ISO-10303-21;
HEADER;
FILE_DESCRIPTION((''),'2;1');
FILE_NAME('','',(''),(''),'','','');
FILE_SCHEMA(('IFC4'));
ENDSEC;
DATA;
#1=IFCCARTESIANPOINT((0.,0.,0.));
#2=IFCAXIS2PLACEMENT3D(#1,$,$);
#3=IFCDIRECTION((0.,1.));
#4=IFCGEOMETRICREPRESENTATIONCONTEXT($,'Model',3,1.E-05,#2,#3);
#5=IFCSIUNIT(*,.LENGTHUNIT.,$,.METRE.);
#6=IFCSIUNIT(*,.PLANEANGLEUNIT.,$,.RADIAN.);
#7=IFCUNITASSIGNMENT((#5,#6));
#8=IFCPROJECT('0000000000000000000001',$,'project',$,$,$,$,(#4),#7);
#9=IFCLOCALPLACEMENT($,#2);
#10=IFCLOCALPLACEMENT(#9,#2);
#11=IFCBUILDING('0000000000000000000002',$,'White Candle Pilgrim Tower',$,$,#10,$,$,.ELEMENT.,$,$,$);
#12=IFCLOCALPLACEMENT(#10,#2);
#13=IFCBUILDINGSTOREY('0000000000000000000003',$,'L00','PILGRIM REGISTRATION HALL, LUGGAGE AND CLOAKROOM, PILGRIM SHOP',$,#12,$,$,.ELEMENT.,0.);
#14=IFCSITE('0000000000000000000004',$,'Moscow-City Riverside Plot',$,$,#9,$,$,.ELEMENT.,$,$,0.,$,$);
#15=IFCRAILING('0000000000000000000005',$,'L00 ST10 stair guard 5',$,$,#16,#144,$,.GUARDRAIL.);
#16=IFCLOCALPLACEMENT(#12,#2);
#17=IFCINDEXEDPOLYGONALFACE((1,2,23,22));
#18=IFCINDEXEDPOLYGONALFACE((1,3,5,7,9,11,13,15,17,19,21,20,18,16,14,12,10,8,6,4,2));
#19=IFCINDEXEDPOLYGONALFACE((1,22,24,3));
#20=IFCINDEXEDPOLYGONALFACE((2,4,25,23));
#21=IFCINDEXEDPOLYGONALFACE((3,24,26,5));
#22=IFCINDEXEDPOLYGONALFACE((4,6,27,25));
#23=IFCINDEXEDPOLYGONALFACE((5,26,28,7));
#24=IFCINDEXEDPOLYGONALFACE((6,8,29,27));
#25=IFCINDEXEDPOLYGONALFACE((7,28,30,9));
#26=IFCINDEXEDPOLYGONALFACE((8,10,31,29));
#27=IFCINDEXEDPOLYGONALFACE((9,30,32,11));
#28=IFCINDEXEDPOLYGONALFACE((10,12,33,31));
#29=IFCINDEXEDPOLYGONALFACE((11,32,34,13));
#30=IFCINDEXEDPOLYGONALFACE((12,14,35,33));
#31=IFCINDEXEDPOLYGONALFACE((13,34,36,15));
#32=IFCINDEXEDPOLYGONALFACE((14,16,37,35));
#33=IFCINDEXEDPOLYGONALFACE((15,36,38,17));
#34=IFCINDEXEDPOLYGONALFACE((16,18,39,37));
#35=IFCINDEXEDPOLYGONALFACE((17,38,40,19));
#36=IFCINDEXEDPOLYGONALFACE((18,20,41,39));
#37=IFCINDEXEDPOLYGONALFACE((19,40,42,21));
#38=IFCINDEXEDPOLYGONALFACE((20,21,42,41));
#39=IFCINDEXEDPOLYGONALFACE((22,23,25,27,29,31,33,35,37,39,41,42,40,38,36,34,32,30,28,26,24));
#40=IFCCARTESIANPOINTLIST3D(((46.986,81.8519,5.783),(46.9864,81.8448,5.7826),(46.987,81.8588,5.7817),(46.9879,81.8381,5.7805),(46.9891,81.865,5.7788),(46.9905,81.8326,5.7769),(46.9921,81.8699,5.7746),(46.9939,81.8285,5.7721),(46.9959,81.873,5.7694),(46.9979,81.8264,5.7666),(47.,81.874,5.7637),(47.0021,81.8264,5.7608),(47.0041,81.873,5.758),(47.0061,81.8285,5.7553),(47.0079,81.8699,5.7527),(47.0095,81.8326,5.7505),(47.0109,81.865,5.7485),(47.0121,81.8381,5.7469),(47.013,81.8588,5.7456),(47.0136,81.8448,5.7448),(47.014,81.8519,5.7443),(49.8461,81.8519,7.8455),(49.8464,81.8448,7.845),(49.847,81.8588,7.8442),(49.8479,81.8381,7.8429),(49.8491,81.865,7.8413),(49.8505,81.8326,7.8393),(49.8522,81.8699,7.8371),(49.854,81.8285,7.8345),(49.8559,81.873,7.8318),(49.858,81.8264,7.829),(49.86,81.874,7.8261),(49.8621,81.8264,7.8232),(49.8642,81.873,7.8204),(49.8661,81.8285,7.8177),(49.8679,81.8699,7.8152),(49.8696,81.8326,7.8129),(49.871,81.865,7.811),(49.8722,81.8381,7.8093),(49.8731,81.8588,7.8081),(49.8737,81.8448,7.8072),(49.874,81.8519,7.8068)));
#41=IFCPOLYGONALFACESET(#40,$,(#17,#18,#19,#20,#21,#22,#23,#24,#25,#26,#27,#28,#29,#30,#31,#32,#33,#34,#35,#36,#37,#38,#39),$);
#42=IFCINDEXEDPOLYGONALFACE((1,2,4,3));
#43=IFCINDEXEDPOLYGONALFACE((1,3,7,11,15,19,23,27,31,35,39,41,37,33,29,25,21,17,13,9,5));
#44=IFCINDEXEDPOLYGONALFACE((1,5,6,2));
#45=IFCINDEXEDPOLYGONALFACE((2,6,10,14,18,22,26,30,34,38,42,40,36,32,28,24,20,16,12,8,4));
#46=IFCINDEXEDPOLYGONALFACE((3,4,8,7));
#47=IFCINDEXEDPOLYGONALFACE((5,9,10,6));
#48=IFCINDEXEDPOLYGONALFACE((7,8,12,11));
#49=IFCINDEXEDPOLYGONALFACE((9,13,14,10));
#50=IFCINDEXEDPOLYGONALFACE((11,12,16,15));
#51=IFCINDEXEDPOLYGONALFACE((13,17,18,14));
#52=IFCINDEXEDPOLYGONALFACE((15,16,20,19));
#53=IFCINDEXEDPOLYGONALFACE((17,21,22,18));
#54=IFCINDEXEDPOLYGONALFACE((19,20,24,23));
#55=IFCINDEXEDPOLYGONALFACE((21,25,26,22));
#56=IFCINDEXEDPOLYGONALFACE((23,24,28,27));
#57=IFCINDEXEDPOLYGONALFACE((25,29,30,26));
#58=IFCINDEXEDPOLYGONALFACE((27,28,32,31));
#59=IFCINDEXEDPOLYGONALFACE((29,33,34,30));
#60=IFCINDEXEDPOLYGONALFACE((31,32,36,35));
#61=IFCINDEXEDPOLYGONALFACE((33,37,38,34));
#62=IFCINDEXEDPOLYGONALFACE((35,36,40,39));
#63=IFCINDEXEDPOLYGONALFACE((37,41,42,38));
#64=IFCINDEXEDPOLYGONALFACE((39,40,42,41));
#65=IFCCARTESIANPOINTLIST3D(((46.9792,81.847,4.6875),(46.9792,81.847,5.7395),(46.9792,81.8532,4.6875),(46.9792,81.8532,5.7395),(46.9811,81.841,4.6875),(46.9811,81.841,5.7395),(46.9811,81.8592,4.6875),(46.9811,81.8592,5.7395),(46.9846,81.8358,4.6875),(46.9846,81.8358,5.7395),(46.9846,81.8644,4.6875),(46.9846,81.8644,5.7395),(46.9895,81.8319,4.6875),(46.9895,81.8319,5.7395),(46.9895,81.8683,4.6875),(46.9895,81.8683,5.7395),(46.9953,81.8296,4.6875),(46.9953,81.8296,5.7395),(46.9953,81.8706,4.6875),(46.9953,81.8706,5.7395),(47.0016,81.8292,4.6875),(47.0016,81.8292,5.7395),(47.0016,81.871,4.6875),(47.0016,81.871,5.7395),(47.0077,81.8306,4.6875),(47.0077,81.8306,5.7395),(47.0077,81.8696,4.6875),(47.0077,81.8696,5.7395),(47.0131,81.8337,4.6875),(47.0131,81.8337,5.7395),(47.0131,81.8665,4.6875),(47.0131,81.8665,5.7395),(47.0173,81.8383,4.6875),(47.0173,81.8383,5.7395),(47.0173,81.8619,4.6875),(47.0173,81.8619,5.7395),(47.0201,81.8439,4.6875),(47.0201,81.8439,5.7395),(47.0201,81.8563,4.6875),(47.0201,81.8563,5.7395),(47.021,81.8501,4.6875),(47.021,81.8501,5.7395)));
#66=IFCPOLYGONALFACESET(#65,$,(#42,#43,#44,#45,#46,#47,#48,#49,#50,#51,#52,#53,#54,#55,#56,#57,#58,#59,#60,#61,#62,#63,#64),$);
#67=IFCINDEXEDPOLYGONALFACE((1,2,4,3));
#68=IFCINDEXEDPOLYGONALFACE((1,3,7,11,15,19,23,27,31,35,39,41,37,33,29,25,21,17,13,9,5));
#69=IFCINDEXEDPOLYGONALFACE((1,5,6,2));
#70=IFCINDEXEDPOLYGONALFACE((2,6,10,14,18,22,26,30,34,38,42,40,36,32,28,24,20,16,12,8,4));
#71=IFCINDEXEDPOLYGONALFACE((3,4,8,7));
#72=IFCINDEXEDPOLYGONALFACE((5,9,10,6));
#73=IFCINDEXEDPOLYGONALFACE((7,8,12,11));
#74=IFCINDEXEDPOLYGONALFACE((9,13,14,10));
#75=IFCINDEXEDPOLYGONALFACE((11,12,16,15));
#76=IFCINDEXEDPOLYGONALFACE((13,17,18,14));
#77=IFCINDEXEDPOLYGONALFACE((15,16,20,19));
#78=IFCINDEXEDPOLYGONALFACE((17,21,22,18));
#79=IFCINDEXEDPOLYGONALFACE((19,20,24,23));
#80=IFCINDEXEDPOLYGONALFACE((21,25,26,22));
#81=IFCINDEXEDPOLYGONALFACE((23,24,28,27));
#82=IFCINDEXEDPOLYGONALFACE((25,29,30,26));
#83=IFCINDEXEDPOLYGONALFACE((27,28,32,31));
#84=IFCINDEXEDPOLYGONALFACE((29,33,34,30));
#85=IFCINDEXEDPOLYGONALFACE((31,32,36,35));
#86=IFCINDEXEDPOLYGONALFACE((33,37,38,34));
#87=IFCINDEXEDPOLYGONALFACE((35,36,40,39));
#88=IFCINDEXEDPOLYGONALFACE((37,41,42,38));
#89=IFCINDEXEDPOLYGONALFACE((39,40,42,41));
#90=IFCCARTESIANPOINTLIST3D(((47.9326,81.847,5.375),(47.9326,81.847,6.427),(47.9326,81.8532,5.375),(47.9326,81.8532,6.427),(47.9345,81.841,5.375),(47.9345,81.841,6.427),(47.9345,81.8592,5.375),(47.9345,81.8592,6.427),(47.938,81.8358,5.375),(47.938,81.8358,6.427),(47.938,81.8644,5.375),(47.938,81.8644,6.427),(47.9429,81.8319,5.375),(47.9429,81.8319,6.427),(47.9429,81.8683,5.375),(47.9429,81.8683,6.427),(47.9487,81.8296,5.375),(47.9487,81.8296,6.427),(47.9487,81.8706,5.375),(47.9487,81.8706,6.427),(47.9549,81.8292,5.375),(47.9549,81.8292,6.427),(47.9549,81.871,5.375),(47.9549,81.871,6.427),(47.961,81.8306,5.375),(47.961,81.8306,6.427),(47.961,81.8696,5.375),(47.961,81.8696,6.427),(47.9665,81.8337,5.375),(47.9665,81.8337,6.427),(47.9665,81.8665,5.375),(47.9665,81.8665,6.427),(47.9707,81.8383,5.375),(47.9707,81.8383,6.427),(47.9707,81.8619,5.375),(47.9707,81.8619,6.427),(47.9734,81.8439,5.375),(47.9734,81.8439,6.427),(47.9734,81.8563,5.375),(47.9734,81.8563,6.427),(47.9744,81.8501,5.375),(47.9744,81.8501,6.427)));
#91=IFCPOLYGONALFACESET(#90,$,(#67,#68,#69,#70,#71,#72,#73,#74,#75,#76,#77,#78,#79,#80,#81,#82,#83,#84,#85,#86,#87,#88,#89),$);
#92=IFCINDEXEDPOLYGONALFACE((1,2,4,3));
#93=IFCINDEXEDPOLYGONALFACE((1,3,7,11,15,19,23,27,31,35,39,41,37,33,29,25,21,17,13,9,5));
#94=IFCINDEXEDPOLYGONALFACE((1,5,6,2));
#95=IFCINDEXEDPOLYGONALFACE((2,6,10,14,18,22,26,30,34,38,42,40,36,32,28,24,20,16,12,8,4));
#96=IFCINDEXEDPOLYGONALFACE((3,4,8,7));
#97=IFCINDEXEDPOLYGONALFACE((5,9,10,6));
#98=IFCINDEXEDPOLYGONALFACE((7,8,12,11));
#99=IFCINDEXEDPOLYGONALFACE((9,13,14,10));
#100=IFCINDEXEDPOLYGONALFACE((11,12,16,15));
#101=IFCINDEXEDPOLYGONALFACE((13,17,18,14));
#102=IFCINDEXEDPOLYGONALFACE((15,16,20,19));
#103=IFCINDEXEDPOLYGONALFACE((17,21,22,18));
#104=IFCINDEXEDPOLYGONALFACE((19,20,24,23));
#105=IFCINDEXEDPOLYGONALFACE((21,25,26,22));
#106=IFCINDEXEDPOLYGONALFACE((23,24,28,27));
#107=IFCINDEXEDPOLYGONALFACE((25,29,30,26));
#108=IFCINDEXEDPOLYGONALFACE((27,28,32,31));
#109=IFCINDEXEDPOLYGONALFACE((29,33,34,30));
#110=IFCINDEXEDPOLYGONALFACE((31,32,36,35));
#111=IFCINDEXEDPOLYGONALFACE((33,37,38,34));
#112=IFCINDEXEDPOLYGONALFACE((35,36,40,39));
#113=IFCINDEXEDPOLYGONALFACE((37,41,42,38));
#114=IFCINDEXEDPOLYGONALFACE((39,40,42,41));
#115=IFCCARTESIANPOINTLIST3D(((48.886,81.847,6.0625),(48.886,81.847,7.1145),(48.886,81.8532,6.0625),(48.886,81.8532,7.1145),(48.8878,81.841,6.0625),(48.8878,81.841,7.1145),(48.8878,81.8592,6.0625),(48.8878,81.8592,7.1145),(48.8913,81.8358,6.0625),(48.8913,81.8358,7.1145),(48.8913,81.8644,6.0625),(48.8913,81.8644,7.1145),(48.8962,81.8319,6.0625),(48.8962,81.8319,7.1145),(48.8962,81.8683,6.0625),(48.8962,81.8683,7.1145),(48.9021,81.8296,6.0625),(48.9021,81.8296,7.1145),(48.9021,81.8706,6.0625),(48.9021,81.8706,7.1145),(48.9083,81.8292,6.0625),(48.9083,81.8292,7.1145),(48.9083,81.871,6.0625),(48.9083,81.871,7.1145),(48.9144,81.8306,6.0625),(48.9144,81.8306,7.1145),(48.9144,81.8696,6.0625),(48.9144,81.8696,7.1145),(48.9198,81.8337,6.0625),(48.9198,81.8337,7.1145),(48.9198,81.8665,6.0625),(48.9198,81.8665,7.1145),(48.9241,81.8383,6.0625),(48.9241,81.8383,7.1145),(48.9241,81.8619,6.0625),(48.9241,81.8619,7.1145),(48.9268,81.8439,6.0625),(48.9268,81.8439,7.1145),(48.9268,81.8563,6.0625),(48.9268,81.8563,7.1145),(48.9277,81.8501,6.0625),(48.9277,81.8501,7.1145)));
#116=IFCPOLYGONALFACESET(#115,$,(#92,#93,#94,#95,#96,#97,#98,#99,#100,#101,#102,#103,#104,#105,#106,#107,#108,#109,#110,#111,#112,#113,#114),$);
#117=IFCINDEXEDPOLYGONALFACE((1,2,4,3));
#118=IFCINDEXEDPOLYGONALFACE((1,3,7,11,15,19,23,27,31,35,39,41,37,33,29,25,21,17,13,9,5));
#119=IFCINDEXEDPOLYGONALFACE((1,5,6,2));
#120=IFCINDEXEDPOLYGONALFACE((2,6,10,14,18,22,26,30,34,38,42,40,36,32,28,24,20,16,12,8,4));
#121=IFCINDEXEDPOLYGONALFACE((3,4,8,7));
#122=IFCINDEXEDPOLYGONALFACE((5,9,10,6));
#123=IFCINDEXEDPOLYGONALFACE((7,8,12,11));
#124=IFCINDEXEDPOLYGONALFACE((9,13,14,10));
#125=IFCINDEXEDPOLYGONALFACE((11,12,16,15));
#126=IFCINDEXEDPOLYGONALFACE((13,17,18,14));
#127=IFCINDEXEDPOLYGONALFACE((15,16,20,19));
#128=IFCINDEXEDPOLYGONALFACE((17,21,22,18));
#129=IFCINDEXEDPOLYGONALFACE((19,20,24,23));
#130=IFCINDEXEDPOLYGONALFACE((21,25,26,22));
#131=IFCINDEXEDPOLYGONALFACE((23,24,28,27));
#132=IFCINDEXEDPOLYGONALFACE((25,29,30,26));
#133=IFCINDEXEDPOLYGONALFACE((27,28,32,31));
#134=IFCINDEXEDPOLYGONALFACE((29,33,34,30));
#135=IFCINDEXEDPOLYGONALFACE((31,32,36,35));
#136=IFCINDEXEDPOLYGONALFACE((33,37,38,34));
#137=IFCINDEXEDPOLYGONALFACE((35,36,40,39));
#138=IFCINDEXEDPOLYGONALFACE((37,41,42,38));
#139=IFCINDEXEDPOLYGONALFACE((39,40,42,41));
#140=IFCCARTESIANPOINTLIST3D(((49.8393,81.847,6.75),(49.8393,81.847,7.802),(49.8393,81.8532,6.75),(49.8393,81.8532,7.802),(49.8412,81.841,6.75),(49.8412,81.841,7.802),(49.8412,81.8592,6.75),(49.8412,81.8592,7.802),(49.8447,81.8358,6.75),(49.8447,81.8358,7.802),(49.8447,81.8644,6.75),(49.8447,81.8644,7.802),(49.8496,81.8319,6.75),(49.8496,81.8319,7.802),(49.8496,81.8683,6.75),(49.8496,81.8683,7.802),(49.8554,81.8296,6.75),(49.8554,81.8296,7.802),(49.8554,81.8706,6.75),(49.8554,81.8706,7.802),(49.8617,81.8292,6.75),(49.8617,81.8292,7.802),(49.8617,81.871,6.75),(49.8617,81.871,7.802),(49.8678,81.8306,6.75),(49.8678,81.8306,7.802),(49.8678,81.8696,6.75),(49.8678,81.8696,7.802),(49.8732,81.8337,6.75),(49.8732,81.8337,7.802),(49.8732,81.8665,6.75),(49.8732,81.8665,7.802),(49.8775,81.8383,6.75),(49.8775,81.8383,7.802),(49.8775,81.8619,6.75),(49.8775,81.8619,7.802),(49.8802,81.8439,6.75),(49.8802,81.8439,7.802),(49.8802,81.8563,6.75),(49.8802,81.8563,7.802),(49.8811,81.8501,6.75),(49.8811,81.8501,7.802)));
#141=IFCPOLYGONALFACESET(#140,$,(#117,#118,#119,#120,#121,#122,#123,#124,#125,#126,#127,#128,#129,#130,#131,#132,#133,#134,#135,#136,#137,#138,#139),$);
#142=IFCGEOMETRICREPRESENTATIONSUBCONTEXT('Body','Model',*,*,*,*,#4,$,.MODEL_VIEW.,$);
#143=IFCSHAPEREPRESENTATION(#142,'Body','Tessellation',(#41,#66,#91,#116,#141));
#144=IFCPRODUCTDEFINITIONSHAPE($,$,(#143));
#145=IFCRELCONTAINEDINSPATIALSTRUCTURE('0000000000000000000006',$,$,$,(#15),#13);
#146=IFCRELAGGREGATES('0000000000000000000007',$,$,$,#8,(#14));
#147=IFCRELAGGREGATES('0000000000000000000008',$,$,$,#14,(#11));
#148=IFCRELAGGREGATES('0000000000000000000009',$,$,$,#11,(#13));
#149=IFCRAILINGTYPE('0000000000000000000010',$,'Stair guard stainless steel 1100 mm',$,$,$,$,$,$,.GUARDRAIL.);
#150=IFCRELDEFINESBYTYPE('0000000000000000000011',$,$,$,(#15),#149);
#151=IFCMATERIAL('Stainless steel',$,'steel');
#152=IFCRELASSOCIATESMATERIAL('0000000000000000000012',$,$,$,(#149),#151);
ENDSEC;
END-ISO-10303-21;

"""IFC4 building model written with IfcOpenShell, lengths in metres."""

from ifc_helpers import new_model, si_unit, direction, frame, origin, origin_2d, place, context, subcontext, project, spatial, circle, extrude, material, type_object, element, save


model = new_model("IFC4")

# Units and contexts
model_context = context("Model", 3, precision=1e-05, world=origin(), true_north=direction((0.0, 1.0)))
body_context = subcontext(model_context, "Body", "Model", "MODEL_VIEW")
ifc_project = project(units=[si_unit("LENGTHUNIT", "METRE"), si_unit("PLANEANGLEUNIT", "RADIAN")], contexts=[model_context])

# Site, building, storey
site_placement = place(None, origin())
site = spatial("IfcSite", under=ifc_project, at=site_placement, Name="Moscow-City Riverside Plot", CompositionType="ELEMENT", RefElevation=0.0)
building_placement = place(site_placement, origin())
building = spatial("IfcBuilding", under=site, at=building_placement, Name="White Candle Pilgrim Tower", CompositionType="ELEMENT")
storey_placement = place(building_placement, origin())
storey = spatial("IfcBuildingStorey", under=building, at=storey_placement, Name="L00", Description="PILGRIM REGISTRATION HALL, LUGGAGE AND CLOAKROOM, PILGRIM SHOP", CompositionType="ELEMENT", Elevation=0.0)

# Railing
ifc_material_1 = material(Name="Stainless steel", Category="steel")
railing_type_1 = type_object("IfcRailingType", Name="Stair guard stainless steel 1100 mm", PredefinedType="GUARDRAIL", material=ifc_material_1)
railing_1_placement = place(storey_placement, frame((47.0, 81.8501, 4.6875)))
element("IfcRailing", 1, at=railing_1_placement, inside=storey, type_object=railing_type_1, Name="L00 ST10 stair guard 5", PredefinedType="GUARDRAIL", context=body_context, shape_type="SweptSolid", body=[
    extrude(circle(Radius=0.0239, at=origin_2d()), frame((0.0, 0.0, 1.0762), z_axis=(0.811101, 0.0, 0.584906), x_axis=(0.0, 1.0, 0.0)), (0.0, 0.0, 1.0), 3.5261),
    extrude(circle(Radius=0.021, at=origin_2d()), origin(), (0.0, 0.0, 1.0), 1.052),
    extrude(circle(Radius=0.021, at=origin_2d()), frame((0.9534, 0.0, 0.6875)), (0.0, 0.0, 1.0), 1.052),
    extrude(circle(Radius=0.021, at=origin_2d()), frame((1.9067, 0.0, 1.375)), (0.0, 0.0, 1.0), 1.052),
    extrude(circle(Radius=0.021, at=origin_2d()), frame((2.8601, 0.0, 2.0625)), (0.0, 0.0, 1.0), 1.052),
])

save(model, "model.ifc")
